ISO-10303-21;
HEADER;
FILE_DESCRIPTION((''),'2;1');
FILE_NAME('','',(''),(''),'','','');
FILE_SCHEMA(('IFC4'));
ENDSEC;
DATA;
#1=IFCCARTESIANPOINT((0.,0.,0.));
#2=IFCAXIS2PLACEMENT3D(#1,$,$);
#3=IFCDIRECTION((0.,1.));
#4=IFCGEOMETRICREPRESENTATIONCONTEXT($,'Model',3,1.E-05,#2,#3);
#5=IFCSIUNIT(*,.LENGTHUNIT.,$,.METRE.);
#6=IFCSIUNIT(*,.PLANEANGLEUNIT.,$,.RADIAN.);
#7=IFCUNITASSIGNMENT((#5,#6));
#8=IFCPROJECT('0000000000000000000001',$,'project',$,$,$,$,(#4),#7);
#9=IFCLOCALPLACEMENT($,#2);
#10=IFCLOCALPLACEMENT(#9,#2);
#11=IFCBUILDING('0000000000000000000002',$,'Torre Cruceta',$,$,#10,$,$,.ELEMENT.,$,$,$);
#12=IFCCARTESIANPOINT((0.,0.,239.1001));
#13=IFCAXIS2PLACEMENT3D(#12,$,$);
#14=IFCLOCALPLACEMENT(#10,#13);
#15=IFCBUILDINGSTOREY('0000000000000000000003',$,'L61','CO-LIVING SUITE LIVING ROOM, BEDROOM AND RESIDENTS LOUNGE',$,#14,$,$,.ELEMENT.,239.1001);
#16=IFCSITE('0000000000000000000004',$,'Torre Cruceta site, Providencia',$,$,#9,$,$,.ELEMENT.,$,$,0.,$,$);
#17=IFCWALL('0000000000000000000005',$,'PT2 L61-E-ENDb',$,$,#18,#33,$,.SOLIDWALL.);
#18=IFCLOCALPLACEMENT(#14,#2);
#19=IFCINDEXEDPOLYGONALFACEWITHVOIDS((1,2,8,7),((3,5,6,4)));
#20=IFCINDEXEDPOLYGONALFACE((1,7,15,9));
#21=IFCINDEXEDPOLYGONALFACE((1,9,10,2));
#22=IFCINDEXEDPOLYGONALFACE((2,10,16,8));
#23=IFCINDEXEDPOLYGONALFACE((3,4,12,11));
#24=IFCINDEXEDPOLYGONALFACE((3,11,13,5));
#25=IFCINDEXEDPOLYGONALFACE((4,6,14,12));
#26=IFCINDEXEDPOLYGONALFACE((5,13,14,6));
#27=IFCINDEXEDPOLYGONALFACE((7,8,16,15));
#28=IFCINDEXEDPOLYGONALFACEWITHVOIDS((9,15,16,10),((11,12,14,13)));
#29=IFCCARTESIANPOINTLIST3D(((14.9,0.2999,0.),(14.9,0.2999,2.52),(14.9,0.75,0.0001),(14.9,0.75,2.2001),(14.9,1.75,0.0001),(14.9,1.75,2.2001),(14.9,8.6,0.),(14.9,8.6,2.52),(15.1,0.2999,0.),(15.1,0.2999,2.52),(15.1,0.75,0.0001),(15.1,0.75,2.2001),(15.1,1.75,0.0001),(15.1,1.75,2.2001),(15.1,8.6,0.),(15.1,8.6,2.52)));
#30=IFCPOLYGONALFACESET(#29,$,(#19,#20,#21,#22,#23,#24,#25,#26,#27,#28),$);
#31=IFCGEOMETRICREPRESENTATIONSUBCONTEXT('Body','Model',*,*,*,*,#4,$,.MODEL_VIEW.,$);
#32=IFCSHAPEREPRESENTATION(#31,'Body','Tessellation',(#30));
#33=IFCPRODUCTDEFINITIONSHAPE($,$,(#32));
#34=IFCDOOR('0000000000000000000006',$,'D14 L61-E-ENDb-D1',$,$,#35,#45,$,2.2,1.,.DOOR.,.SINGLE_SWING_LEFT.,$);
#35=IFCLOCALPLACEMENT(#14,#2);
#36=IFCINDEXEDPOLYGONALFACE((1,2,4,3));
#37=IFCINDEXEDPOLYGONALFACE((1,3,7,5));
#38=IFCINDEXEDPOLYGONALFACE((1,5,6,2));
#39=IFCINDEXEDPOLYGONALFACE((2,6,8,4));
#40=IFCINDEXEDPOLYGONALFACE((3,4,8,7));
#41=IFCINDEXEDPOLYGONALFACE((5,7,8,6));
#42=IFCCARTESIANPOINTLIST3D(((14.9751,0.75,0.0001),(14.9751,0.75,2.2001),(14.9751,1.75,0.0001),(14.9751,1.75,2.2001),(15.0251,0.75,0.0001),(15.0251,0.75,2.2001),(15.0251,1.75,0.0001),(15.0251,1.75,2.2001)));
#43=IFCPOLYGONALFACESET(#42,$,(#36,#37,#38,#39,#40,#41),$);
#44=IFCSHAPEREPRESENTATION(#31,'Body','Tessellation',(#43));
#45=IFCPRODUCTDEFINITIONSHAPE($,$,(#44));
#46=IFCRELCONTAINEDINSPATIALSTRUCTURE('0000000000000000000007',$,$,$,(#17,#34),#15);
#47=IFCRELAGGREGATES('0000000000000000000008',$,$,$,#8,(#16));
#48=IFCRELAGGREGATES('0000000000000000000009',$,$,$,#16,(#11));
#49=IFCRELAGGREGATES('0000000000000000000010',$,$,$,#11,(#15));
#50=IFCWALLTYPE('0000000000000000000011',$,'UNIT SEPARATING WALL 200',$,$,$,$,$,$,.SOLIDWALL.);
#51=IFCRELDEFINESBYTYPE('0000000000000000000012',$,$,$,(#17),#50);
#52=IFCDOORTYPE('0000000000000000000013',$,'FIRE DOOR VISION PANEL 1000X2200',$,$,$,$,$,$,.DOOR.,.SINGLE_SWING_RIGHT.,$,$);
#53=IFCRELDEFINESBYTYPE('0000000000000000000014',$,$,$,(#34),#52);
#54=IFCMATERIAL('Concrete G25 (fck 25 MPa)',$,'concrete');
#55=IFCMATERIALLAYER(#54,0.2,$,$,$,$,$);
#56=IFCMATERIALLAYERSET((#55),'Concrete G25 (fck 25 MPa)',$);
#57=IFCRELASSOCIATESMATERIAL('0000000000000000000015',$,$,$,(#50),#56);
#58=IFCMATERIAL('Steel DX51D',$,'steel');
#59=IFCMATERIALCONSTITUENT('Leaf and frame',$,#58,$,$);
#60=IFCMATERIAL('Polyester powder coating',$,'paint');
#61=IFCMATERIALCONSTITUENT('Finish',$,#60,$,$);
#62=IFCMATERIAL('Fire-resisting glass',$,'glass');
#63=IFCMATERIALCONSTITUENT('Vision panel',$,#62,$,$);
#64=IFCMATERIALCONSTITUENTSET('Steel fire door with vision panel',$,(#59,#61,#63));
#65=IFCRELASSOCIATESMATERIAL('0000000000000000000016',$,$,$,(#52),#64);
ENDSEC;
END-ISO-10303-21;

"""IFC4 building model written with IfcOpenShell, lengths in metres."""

from ifc_helpers import new_model, si_unit, direction, frame, frame_2d, origin, place, context, subcontext, project, spatial, rectangle, extrude, material, layer, layer_set, constituent, constituent_set, type_object, element, fill, save


model = new_model("IFC4")

# Units and contexts
model_context = context("Model", 3, precision=1e-05, world=origin(), true_north=direction((0.0, 1.0)))
body_context = subcontext(model_context, "Body", "Model", "MODEL_VIEW")
ifc_project = project(units=[si_unit("LENGTHUNIT", "METRE"), si_unit("PLANEANGLEUNIT", "RADIAN")], contexts=[model_context])

# Site, building, storey
site_placement = place(None, origin())
site = spatial("IfcSite", under=ifc_project, at=site_placement, Name="Torre Cruceta site, Providencia", CompositionType="ELEMENT", RefElevation=0.0)
building_placement = place(site_placement, origin())
building = spatial("IfcBuilding", under=site, at=building_placement, Name="Torre Cruceta", CompositionType="ELEMENT")
storey_placement = place(building_placement, frame((0.0, 0.0, 239.1001)))
storey = spatial("IfcBuildingStorey", under=building, at=storey_placement, Name="L61", Description="CO-LIVING SUITE LIVING ROOM, BEDROOM AND RESIDENTS LOUNGE", CompositionType="ELEMENT", Elevation=239.1001)

# Wall, opening, door
ifc_material_1 = material(Name="Concrete G25 (fck 25 MPa)", Category="concrete")
ifc_layer_1 = layer(ifc_material_1, 0.2)
ifc_layer_set_1 = layer_set([ifc_layer_1], Name="Concrete G25 (fck 25 MPa)")
wall_type_1 = type_object("IfcWallType", Name="UNIT SEPARATING WALL 200", PredefinedType="SOLIDWALL", material=ifc_layer_set_1)
wall_1_placement = place(storey_placement, frame((15.0, 0.3, 0.0), z_axis=(0.0, 0.0, 1.0), x_axis=(0.0, 1.0, 0.0)))
wall_1 = element("IfcWall", 1, at=wall_1_placement, inside=storey, type_object=wall_type_1, Name="PT2 L61-E-ENDb", PredefinedType="SOLIDWALL", context=body_context, shape_type="SweptSolid", body=[
    extrude(rectangle(XDim=8.3, YDim=0.2, at=frame_2d((4.1499, 0.0))), origin(), (0.0, 0.0, 1.0), 2.52),
])
opening_1_placement = place(wall_1_placement, frame((0.45, 0.0, 0.0)))
opening_1 = element("IfcOpeningElement", 2, at=opening_1_placement, cuts=wall_1, PredefinedType="OPENING", context=body_context, shape_type="SweptSolid", body=[
    extrude(rectangle(XDim=1.0, YDim=2.2, at=frame_2d((0.5, 1.1001))), frame((0.0, 0.1099, 0.0), z_axis=(0.0, -1.0, 0.0), x_axis=(1.0, 0.0, 0.0)), (0.0, 0.0, 1.0), 0.22),
])
ifc_material_2 = material(Name="Steel DX51D", Category="steel")
ifc_constituent_1 = constituent(ifc_material_2, Name="Leaf and frame")
ifc_material_3 = material(Name="Polyester powder coating", Category="paint")
ifc_constituent_2 = constituent(ifc_material_3, Name="Finish")
ifc_material_4 = material(Name="Fire-resisting glass", Category="glass")
ifc_constituent_3 = constituent(ifc_material_4, Name="Vision panel")
ifc_constituent_set_1 = constituent_set(constituents=[ifc_constituent_1, ifc_constituent_2, ifc_constituent_3], Name="Steel fire door with vision panel")
door_type_1 = type_object("IfcDoorType", Name="FIRE DOOR VISION PANEL 1000X2200", OperationType="SINGLE_SWING_RIGHT", PredefinedType="DOOR", material=ifc_constituent_set_1)
door_1_placement = place(opening_1_placement, frame((1.0, 0.0, 0.0), z_axis=(0.0, 0.0, 1.0), x_axis=(-1.0, 0.0, 0.0)))
door_1 = element("IfcDoor", 3, at=door_1_placement, inside=storey, type_object=door_type_1, Name="D14 L61-E-ENDb-D1", OperationType="SINGLE_SWING_LEFT", OverallHeight=2.2, OverallWidth=1.0, PredefinedType="DOOR", context=body_context, shape_type="SweptSolid", body=[
    extrude(rectangle(XDim=1.0, YDim=2.2, at=frame_2d((0.5, 1.1001))), frame((0.0, 0.0251, 0.0), z_axis=(0.0, -1.0, 0.0), x_axis=(1.0, 0.0, 0.0)), (0.0, 0.0, 1.0), 0.05),
])
fill(opening_1, door_1)

save(model, "model.ifc")
